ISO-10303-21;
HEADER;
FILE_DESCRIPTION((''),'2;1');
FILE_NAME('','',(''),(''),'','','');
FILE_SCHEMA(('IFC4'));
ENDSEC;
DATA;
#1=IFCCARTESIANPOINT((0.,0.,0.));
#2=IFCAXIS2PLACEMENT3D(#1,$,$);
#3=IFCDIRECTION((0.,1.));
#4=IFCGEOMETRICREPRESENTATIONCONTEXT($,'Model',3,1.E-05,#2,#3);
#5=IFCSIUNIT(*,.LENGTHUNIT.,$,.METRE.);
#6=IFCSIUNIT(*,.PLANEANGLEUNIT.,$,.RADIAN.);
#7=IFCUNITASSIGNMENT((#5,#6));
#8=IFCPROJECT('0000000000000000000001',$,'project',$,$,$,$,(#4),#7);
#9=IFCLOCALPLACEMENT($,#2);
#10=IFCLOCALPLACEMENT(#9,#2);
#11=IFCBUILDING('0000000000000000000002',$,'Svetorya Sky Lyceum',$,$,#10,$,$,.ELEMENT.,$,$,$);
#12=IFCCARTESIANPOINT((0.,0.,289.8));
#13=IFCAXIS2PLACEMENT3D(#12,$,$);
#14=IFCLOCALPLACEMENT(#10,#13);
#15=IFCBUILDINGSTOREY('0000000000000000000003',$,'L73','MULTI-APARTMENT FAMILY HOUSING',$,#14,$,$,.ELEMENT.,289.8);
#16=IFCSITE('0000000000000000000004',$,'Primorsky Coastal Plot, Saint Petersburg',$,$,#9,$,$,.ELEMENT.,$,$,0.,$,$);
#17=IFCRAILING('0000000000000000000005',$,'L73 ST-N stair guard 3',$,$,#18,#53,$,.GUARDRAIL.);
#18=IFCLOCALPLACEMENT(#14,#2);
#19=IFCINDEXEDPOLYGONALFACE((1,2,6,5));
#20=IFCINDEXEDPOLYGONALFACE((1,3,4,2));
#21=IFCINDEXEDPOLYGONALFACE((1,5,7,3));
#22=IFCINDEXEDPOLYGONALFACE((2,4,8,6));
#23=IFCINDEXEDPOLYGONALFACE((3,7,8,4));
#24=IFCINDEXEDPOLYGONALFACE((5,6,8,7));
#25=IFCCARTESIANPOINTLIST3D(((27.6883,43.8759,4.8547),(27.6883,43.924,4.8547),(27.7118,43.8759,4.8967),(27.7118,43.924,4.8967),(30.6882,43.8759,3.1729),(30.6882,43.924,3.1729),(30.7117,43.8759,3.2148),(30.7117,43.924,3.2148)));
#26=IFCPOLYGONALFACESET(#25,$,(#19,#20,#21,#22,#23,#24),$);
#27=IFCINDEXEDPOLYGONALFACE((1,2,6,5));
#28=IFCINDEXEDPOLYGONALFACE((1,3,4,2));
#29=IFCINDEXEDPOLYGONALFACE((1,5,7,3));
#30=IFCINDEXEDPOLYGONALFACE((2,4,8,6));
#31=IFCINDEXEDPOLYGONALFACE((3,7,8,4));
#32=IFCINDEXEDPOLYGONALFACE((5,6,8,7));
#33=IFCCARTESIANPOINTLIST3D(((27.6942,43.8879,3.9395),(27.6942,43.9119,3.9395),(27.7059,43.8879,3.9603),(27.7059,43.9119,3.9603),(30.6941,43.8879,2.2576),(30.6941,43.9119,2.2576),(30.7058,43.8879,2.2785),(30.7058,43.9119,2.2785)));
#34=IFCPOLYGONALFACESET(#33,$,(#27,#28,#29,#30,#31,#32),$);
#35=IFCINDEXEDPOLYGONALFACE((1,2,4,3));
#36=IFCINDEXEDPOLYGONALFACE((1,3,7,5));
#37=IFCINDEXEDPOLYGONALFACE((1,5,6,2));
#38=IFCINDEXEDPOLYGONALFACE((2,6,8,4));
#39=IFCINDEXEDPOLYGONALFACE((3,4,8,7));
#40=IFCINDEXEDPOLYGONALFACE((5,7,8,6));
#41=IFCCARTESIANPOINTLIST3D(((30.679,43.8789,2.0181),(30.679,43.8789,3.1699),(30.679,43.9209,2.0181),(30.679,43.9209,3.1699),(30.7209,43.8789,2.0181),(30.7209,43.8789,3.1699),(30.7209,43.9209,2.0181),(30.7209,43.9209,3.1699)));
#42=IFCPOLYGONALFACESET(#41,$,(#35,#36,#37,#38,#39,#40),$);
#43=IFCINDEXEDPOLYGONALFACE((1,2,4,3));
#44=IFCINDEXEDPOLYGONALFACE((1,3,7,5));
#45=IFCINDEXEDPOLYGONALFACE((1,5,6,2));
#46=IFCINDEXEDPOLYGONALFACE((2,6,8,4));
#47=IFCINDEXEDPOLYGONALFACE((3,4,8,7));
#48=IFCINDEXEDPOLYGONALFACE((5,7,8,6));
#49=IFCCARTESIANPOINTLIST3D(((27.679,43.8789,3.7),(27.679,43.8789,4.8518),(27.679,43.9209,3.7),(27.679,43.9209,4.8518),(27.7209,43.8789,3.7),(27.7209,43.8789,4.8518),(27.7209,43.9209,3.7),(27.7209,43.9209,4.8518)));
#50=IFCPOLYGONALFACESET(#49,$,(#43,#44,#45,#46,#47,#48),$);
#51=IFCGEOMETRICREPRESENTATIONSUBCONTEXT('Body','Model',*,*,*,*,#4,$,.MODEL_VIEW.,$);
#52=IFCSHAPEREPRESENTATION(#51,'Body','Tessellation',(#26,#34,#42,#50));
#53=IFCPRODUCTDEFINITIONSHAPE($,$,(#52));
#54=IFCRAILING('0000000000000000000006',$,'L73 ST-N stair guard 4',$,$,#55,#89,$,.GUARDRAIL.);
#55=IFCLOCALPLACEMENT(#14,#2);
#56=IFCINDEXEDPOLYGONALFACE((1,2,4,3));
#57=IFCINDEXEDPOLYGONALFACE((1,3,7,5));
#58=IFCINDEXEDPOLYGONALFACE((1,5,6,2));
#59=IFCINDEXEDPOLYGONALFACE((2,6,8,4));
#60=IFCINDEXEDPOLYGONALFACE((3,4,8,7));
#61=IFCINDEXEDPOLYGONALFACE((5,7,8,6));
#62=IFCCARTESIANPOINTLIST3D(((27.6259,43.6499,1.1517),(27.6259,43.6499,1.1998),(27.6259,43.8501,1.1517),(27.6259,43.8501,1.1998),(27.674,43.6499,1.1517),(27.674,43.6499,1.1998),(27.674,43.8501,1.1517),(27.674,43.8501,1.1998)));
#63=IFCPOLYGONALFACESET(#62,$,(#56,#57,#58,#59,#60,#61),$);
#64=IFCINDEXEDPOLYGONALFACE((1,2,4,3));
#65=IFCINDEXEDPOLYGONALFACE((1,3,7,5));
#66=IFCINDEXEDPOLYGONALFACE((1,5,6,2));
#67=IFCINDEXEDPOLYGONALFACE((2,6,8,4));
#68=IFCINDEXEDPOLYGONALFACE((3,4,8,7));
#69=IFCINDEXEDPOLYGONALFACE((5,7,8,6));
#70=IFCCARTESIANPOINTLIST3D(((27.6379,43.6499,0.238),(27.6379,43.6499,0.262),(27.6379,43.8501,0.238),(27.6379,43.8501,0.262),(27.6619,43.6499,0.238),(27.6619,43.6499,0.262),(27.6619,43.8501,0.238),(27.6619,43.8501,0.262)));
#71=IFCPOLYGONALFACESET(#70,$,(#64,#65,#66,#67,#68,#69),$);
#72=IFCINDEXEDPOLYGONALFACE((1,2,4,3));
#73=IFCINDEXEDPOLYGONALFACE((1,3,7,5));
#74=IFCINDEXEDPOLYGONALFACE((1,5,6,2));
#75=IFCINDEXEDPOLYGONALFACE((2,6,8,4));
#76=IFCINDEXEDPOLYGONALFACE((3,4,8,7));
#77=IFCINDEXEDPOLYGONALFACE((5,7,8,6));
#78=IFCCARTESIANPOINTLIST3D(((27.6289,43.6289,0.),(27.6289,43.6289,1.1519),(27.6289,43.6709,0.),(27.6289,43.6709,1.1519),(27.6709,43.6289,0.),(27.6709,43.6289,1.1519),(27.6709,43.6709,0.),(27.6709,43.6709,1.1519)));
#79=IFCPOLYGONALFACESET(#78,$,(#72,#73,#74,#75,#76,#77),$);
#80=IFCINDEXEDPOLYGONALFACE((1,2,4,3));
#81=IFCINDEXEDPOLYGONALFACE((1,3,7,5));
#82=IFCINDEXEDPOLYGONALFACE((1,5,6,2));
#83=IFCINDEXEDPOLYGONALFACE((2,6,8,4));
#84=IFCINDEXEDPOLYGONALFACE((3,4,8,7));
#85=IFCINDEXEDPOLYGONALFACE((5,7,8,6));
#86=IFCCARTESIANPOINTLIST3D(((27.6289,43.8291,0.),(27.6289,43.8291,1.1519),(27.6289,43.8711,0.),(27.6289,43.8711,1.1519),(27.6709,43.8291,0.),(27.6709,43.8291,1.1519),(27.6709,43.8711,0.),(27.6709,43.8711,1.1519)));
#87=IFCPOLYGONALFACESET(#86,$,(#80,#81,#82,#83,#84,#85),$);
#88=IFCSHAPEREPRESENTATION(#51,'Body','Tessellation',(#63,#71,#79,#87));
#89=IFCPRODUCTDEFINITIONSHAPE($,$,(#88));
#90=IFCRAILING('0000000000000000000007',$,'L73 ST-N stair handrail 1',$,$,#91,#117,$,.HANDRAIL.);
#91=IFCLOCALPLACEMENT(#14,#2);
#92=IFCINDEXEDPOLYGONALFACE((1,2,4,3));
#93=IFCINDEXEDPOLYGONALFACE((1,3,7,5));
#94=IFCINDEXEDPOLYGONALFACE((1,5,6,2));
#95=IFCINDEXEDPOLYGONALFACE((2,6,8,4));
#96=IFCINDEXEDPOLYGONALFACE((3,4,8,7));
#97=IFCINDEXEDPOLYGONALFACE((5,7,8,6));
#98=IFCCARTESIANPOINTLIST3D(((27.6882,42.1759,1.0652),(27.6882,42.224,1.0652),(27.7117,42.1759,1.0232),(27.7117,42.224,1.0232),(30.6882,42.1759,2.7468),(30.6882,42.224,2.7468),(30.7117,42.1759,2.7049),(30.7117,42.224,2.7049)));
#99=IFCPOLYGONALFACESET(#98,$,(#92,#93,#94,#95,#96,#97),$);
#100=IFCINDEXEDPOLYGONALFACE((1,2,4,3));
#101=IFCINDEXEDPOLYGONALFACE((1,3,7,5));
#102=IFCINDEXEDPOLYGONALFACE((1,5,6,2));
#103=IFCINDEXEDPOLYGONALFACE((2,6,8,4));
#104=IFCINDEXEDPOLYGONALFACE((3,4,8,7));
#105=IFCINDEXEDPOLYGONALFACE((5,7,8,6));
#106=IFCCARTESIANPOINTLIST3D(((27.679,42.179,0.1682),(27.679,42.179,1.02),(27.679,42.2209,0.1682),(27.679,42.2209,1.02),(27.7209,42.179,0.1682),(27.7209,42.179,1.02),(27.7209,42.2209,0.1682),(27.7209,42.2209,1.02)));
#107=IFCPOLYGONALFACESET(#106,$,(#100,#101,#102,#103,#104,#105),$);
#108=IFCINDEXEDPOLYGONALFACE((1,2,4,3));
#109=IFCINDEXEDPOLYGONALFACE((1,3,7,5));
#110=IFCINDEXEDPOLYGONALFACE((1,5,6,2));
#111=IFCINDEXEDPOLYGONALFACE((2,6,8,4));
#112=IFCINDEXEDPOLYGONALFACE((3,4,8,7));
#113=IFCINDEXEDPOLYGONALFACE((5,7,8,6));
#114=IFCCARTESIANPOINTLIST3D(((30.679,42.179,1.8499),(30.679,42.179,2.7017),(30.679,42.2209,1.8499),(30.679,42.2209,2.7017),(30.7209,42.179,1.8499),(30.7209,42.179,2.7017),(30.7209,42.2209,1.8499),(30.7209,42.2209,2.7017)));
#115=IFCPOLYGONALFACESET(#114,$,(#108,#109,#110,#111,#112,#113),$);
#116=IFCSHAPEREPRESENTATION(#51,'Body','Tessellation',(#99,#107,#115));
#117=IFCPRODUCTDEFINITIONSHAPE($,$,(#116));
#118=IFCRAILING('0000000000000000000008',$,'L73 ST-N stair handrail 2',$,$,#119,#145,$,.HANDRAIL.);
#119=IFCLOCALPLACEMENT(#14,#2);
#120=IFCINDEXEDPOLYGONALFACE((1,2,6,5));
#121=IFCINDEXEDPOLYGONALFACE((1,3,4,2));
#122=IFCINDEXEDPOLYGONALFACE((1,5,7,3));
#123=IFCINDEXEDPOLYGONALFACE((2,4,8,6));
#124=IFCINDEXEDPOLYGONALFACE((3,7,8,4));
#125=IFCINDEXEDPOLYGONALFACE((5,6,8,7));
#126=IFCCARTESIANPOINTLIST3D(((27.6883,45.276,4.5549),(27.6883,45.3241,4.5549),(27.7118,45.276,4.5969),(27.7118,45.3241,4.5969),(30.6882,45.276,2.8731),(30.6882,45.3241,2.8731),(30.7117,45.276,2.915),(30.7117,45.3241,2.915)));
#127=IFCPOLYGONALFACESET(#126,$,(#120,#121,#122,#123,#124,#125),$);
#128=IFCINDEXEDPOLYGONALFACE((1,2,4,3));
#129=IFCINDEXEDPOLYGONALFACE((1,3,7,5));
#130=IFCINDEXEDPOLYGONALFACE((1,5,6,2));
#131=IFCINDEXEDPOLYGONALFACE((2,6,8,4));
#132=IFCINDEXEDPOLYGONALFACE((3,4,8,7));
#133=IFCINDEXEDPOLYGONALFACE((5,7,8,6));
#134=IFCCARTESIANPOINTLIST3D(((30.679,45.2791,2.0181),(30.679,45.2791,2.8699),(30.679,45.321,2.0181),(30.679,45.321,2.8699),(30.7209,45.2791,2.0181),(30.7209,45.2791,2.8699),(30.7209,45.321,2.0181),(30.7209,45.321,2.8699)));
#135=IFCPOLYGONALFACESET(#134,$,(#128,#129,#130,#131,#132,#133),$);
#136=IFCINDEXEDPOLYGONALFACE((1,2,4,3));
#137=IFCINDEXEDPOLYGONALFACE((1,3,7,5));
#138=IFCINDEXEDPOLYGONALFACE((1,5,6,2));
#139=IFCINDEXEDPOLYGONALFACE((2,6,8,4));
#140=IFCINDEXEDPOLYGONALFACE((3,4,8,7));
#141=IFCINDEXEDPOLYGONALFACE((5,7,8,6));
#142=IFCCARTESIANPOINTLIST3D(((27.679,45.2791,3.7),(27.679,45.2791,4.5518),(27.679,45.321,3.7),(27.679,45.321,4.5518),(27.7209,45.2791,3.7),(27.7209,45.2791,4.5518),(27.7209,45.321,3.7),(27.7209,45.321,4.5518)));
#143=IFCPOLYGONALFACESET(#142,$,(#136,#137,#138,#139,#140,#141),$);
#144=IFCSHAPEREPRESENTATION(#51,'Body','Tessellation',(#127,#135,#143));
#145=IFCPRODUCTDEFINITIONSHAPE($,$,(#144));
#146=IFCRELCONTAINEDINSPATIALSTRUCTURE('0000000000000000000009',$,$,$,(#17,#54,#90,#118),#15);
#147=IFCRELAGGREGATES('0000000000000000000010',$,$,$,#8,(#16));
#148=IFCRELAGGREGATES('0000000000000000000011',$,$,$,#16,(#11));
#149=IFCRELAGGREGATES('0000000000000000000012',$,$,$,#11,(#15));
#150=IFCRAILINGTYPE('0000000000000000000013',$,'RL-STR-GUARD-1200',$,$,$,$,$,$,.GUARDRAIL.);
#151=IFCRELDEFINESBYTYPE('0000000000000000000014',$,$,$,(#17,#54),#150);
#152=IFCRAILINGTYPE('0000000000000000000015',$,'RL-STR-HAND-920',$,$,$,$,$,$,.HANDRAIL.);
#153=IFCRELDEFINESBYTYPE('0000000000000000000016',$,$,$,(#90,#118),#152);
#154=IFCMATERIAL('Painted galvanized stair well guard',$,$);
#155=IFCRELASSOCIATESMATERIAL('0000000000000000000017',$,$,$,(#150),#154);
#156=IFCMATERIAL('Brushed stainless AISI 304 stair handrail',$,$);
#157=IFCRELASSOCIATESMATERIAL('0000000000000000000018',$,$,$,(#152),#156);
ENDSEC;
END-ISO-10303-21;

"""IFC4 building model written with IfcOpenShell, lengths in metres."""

from ifc_helpers import new_model, si_unit, direction, frame, origin, origin_2d, place, context, subcontext, project, spatial, rectangle, extrude, material, type_object, element, save


model = new_model("IFC4")

# Units and contexts
model_context = context("Model", 3, precision=1e-05, world=origin(), true_north=direction((0.0, 1.0)))
body_context = subcontext(model_context, "Body", "Model", "MODEL_VIEW")
ifc_project = project(units=[si_unit("LENGTHUNIT", "METRE"), si_unit("PLANEANGLEUNIT", "RADIAN")], contexts=[model_context])

# Site, building, storey
site_placement = place(None, origin())
site = spatial("IfcSite", under=ifc_project, at=site_placement, Name="Primorsky Coastal Plot, Saint Petersburg", CompositionType="ELEMENT", RefElevation=0.0)
building_placement = place(site_placement, origin())
building = spatial("IfcBuilding", under=site, at=building_placement, Name="Svetorya Sky Lyceum", CompositionType="ELEMENT")
storey_placement = place(building_placement, frame((0.0, 0.0, 289.8)))
storey = spatial("IfcBuildingStorey", under=building, at=storey_placement, Name="L73", Description="MULTI-APARTMENT FAMILY HOUSING", CompositionType="ELEMENT", Elevation=289.8)

# Railings
ifc_material_1 = material(Name="Painted galvanized stair well guard")
railing_type_1 = type_object("IfcRailingType", Name="RL-STR-GUARD-1200", PredefinedType="GUARDRAIL", material=ifc_material_1)
railing_1_placement = place(storey_placement, frame((30.7, 43.8999, 2.0181)))
element("IfcRailing", 1, at=railing_1_placement, inside=storey, type_object=railing_type_1, Name="L73 ST-N stair guard 3", PredefinedType="GUARDRAIL", context=body_context, shape_type="SweptSolid", body=[
    extrude(rectangle(XDim=0.0481, YDim=0.0481, at=origin_2d()), frame((0.0, 0.0, 1.1758), z_axis=(-0.872272, 0.0, 0.48902), x_axis=(0.0, -1.0, 0.0)), (0.0, 0.0, 1.0), 3.4392),
    extrude(rectangle(XDim=0.0239, YDim=0.0239, at=origin_2d()), frame((0.0, 0.0, 0.25), z_axis=(-0.872272, 0.0, 0.48902), x_axis=(0.0, -1.0, 0.0)), (0.0, 0.0, 1.0), 3.4392),
    extrude(rectangle(XDim=0.042, YDim=0.042, at=origin_2d()), origin(), (0.0, 0.0, 1.0), 1.1519),
    extrude(rectangle(XDim=0.042, YDim=0.042, at=origin_2d()), frame((-3.0, 0.0, 1.6819)), (0.0, 0.0, 1.0), 1.1519),
])
railing_2_placement = place(storey_placement, frame((27.6499, 43.6499, 0.0)))
element("IfcRailing", 2, at=railing_2_placement, inside=storey, type_object=railing_type_1, Name="L73 ST-N stair guard 4", PredefinedType="GUARDRAIL", context=body_context, shape_type="SweptSolid", body=[
    extrude(rectangle(XDim=0.0481, YDim=0.0481, at=origin_2d()), frame((0.0, 0.0, 1.1758), z_axis=(0.0, 1.0, 0.0), x_axis=(-1.0, 0.0, 0.0)), (0.0, 0.0, 1.0), 0.2002),
    extrude(rectangle(XDim=0.0239, YDim=0.0239, at=origin_2d()), frame((0.0, 0.0, 0.25), z_axis=(0.0, 1.0, 0.0), x_axis=(-1.0, 0.0, 0.0)), (0.0, 0.0, 1.0), 0.2002),
    extrude(rectangle(XDim=0.042, YDim=0.042, at=origin_2d()), origin(), (0.0, 0.0, 1.0), 1.1519),
    extrude(rectangle(XDim=0.042, YDim=0.042, at=origin_2d()), frame((0.0, 0.2002, 0.0)), (0.0, 0.0, 1.0), 1.1519),
])
ifc_material_2 = material(Name="Brushed stainless AISI 304 stair handrail")
railing_type_2 = type_object("IfcRailingType", Name="RL-STR-HAND-920", PredefinedType="HANDRAIL", material=ifc_material_2)
railing_3_placement = place(storey_placement, frame((27.7, 42.2, 0.1682)))
element("IfcRailing", 3, at=railing_3_placement, inside=storey, type_object=railing_type_2, Name="L73 ST-N stair handrail 1", PredefinedType="HANDRAIL", context=body_context, shape_type="SweptSolid", body=[
    extrude(rectangle(XDim=0.0481, YDim=0.0481, at=origin_2d()), frame((0.0, 0.0, 0.876), z_axis=(0.872303, 0.0, 0.488966), x_axis=(0.0, 1.0, 0.0)), (0.0, 0.0, 1.0), 3.4392),
    extrude(rectangle(XDim=0.042, YDim=0.042, at=origin_2d()), origin(), (0.0, 0.0, 1.0), 0.8518),
    extrude(rectangle(XDim=0.042, YDim=0.042, at=origin_2d()), frame((3.0, 0.0, 1.6816)), (0.0, 0.0, 1.0), 0.8518),
])
railing_4_placement = place(storey_placement, frame((30.7, 45.3, 2.0181)))
element("IfcRailing", 4, at=railing_4_placement, inside=storey, type_object=railing_type_2, Name="L73 ST-N stair handrail 2", PredefinedType="HANDRAIL", context=body_context, shape_type="SweptSolid", body=[
    extrude(rectangle(XDim=0.0481, YDim=0.0481, at=origin_2d()), frame((0.0, 0.0, 0.876), z_axis=(-0.872272, 0.0, 0.48902), x_axis=(0.0, -1.0, 0.0)), (0.0, 0.0, 1.0), 3.4392),
    extrude(rectangle(XDim=0.042, YDim=0.042, at=origin_2d()), origin(), (0.0, 0.0, 1.0), 0.8518),
    extrude(rectangle(XDim=0.042, YDim=0.042, at=origin_2d()), frame((-3.0, 0.0, 1.6819)), (0.0, 0.0, 1.0), 0.8518),
])

save(model, "model.ifc")
